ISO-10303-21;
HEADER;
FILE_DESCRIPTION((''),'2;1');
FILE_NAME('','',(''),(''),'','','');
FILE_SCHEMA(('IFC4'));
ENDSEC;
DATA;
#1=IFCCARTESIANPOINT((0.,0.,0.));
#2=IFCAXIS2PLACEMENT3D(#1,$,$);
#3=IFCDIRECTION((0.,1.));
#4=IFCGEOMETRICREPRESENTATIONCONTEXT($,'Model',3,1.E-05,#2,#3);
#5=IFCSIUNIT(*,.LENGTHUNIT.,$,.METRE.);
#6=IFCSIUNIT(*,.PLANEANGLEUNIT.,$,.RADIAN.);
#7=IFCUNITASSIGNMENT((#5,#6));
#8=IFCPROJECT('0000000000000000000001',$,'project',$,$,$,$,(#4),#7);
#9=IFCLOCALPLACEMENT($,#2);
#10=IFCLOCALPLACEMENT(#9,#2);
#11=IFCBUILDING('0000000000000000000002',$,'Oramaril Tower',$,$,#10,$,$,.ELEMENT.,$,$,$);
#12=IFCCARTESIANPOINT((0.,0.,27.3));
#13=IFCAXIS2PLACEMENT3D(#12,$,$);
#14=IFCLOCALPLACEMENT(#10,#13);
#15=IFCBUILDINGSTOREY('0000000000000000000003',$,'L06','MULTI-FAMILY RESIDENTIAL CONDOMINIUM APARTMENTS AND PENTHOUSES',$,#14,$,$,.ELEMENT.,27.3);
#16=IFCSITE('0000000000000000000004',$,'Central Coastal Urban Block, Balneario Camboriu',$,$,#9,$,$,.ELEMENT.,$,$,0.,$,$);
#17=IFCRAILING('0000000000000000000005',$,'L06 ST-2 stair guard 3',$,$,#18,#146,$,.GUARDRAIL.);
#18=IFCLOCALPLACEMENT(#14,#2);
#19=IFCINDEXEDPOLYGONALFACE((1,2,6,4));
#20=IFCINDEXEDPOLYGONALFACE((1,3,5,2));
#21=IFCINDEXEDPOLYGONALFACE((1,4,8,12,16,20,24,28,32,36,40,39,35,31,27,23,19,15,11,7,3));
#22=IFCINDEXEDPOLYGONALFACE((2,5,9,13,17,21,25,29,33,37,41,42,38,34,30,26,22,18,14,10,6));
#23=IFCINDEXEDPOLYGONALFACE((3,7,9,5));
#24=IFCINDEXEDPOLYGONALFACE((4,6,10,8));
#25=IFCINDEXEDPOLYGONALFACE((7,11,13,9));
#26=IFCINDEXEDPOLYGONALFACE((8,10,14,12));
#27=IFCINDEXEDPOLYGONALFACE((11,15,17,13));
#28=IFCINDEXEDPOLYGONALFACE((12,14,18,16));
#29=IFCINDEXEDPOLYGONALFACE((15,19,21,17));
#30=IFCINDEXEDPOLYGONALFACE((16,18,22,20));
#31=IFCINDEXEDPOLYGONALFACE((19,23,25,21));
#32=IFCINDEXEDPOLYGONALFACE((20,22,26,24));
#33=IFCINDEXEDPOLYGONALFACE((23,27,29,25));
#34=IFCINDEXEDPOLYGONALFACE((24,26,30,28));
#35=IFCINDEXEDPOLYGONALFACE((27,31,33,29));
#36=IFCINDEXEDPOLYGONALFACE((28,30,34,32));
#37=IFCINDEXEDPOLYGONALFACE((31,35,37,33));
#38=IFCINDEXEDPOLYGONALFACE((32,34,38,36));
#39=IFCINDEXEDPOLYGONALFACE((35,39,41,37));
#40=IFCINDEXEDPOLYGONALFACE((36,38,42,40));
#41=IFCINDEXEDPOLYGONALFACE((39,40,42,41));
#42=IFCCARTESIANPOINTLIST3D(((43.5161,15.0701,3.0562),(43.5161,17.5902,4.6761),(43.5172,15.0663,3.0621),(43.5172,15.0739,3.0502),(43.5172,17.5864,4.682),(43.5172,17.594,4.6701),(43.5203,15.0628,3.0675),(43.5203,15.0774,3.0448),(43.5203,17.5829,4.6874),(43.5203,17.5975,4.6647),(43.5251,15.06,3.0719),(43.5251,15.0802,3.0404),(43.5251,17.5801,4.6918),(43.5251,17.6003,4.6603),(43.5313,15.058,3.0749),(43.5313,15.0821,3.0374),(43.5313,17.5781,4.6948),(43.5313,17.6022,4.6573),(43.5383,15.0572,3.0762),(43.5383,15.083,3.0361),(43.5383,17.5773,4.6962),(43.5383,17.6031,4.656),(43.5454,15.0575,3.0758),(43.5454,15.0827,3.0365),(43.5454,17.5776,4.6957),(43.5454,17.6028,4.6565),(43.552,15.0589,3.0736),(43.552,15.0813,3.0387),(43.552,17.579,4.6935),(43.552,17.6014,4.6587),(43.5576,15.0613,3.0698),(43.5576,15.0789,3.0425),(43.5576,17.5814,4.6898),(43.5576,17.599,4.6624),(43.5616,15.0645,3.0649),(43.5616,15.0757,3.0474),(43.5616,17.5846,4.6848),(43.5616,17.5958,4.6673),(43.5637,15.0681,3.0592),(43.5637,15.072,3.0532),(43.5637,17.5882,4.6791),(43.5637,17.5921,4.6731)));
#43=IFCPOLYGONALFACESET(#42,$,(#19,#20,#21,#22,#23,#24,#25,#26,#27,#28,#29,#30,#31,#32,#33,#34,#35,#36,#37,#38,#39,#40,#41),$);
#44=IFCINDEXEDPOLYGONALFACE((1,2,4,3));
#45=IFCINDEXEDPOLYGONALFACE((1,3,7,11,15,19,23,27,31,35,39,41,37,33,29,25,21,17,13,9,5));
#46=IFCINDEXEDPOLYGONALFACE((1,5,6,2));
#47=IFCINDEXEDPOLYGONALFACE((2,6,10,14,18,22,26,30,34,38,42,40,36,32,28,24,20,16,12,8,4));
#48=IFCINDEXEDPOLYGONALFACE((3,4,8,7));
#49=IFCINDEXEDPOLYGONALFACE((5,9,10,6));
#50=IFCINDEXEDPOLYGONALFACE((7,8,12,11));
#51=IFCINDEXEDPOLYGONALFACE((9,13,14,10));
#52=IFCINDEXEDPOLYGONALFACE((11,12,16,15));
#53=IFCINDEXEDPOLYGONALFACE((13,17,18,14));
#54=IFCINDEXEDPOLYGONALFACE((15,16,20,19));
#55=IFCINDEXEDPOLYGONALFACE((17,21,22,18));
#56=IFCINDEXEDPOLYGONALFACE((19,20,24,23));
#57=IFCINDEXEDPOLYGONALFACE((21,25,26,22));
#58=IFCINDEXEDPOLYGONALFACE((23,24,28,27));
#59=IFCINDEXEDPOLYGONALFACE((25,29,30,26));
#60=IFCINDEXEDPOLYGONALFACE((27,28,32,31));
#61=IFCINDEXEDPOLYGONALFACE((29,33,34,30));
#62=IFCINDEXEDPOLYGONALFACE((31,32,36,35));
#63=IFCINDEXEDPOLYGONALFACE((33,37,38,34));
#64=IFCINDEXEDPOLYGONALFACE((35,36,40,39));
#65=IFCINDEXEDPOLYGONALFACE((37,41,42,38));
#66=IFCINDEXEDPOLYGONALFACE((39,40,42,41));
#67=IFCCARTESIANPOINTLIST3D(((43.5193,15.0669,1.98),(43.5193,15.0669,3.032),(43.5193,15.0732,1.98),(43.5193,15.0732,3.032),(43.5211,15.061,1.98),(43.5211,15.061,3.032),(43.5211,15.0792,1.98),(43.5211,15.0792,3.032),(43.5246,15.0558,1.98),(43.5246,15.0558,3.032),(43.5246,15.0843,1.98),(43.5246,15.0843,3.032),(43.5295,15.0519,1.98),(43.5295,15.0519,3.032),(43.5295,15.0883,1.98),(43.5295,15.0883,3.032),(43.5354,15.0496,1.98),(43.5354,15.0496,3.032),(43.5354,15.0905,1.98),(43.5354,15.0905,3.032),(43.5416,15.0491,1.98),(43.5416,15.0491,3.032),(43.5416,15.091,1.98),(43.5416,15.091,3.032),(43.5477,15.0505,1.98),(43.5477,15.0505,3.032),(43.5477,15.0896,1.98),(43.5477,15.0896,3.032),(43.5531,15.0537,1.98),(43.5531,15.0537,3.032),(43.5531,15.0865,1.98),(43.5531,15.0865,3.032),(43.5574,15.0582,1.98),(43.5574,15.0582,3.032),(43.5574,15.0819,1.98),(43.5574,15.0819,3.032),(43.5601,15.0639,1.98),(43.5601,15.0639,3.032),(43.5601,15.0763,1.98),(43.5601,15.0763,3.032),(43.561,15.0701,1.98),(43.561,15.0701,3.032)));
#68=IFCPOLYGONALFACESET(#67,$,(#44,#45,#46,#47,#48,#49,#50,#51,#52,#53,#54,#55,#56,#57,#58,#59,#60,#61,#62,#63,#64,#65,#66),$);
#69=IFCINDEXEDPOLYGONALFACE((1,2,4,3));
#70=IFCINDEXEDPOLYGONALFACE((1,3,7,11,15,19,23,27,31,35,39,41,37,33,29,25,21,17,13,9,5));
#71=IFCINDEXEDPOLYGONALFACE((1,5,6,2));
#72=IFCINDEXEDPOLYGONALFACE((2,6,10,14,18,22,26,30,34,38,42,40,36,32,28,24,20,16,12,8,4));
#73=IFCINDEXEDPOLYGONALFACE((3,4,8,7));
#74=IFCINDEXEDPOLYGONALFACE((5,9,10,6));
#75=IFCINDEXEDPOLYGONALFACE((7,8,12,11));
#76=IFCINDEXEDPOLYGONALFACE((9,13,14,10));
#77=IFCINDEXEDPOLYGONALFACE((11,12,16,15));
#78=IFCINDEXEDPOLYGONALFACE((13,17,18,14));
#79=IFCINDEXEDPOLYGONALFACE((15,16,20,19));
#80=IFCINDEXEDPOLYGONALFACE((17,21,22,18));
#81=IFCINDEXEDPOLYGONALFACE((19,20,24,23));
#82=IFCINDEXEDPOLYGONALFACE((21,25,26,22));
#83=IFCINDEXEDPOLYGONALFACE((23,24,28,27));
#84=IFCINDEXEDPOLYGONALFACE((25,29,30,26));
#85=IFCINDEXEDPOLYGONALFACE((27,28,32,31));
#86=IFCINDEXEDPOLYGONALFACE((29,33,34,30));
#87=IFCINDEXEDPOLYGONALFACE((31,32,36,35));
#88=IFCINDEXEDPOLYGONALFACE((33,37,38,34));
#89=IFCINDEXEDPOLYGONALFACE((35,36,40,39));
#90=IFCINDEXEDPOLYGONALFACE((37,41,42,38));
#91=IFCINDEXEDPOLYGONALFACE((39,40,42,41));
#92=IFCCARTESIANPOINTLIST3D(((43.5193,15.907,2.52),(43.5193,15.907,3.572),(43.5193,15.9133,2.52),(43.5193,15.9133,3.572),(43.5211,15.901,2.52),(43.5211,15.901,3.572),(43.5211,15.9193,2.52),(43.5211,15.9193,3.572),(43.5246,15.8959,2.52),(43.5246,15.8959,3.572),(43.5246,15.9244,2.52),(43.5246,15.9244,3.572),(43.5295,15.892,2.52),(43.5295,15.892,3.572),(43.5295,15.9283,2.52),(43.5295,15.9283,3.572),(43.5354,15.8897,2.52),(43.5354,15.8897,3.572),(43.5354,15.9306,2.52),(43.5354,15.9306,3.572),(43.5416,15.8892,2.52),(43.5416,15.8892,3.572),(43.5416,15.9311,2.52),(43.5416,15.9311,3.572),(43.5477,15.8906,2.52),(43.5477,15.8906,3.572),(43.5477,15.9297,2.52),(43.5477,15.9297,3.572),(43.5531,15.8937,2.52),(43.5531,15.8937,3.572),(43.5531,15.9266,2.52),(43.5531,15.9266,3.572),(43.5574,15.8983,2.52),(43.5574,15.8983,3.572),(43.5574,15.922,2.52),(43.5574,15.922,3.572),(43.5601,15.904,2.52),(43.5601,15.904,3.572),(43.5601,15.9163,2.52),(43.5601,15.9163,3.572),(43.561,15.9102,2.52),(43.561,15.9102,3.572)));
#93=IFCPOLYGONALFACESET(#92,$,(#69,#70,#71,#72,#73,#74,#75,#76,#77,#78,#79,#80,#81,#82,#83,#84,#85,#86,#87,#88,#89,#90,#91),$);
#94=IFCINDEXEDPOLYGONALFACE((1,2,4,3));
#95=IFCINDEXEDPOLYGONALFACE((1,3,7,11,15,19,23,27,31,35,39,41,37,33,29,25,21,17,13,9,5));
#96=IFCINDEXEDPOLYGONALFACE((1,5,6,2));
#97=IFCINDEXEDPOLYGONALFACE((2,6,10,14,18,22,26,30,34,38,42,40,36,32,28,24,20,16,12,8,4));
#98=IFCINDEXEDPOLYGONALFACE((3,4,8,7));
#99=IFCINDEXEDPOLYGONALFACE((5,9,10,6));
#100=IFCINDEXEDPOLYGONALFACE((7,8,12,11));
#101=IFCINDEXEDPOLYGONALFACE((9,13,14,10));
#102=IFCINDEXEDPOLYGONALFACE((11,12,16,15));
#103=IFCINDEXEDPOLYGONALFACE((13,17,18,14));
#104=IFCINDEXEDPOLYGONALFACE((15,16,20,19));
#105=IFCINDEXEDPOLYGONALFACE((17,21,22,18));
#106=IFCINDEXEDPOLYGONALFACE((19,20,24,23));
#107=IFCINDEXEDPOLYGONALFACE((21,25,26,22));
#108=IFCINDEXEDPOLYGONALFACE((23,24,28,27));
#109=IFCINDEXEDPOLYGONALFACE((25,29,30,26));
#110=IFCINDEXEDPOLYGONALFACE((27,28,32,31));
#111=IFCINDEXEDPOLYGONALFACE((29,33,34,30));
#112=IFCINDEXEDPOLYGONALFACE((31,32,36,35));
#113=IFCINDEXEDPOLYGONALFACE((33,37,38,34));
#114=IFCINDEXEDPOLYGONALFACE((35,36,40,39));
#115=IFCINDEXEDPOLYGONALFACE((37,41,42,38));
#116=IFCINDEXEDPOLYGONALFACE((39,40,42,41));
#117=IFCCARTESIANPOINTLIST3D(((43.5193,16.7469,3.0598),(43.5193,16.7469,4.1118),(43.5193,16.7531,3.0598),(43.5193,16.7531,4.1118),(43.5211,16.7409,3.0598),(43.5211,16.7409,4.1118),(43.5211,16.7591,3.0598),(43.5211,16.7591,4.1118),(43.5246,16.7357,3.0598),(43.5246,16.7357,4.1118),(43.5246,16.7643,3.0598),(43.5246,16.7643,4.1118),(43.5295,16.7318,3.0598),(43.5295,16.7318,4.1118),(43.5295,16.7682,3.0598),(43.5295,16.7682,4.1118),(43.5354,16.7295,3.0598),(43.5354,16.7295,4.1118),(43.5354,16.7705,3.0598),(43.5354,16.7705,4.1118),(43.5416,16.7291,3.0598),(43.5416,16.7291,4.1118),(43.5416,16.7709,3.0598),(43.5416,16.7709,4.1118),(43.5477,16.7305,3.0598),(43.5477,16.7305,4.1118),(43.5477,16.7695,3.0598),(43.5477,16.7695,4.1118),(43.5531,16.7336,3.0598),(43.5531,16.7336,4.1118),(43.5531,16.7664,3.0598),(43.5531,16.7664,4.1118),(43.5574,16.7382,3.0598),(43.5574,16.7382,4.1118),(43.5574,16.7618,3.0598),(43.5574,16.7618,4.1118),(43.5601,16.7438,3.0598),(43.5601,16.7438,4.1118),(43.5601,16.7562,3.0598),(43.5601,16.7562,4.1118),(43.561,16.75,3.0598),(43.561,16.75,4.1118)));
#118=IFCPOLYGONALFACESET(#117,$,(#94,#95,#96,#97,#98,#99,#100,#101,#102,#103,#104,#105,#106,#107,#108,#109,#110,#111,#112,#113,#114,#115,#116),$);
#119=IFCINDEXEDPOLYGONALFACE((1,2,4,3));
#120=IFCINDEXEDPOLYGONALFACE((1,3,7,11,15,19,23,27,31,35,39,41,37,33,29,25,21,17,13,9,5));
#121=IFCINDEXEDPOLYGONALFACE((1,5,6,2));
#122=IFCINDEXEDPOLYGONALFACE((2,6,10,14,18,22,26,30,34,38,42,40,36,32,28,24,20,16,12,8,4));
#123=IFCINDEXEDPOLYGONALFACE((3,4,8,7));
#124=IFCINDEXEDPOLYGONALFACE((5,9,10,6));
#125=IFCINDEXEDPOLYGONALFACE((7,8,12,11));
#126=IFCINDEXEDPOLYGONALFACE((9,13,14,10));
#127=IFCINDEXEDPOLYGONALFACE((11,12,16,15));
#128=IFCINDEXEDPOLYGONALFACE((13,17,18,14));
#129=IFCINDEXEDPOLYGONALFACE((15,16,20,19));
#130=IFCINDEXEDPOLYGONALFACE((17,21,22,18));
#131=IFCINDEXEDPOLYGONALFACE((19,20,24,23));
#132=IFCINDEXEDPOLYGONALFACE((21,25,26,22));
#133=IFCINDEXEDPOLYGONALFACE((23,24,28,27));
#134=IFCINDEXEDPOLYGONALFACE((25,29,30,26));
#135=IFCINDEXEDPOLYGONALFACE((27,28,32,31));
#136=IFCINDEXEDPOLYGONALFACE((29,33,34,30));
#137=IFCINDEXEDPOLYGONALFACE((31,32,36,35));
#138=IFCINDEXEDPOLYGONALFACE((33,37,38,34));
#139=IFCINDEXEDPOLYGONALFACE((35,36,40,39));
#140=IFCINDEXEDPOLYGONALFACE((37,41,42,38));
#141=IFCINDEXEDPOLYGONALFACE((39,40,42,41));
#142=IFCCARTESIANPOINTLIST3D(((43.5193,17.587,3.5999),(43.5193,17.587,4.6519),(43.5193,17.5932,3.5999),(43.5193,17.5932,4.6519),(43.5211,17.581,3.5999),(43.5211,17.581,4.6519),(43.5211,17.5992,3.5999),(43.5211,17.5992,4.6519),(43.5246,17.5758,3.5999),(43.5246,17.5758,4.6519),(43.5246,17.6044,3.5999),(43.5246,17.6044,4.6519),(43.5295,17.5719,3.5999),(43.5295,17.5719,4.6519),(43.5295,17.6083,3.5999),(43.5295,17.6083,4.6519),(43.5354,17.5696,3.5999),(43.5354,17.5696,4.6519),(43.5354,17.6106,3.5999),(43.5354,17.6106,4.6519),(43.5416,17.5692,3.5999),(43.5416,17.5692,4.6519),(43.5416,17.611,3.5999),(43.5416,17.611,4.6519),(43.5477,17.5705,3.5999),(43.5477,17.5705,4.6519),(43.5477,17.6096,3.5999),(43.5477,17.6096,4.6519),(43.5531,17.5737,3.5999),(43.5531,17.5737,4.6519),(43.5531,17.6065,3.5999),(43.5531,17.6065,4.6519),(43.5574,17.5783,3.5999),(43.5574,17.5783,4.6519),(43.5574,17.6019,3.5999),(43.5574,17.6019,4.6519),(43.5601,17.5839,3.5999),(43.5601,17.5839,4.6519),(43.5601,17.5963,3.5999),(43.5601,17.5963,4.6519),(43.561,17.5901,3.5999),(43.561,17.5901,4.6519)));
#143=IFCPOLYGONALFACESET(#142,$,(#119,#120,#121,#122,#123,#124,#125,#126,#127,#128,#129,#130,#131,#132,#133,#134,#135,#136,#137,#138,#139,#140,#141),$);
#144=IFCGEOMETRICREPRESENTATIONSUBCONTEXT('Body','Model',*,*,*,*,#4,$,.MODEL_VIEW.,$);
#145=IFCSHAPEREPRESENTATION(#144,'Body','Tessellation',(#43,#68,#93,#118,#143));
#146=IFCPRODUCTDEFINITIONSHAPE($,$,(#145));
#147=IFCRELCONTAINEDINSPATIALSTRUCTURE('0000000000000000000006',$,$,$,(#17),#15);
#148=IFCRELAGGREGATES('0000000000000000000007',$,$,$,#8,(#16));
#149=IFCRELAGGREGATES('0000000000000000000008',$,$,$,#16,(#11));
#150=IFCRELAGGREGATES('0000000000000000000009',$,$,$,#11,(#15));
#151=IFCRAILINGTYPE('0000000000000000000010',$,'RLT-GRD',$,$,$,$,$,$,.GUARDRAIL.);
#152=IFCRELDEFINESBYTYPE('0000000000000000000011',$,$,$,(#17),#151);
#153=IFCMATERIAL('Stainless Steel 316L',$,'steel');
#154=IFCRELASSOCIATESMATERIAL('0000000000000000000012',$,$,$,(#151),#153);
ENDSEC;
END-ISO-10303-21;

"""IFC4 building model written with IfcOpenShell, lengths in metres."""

from ifc_helpers import new_model, si_unit, direction, frame, origin, origin_2d, place, context, subcontext, project, spatial, circle, extrude, material, type_object, element, save


model = new_model("IFC4")

# Units and contexts
model_context = context("Model", 3, precision=1e-05, world=origin(), true_north=direction((0.0, 1.0)))
body_context = subcontext(model_context, "Body", "Model", "MODEL_VIEW")
ifc_project = project(units=[si_unit("LENGTHUNIT", "METRE"), si_unit("PLANEANGLEUNIT", "RADIAN")], contexts=[model_context])

# Site, building, storey
site_placement = place(None, origin())
site = spatial("IfcSite", under=ifc_project, at=site_placement, Name="Central Coastal Urban Block, Balneario Camboriu", CompositionType="ELEMENT", RefElevation=0.0)
building_placement = place(site_placement, origin())
building = spatial("IfcBuilding", under=site, at=building_placement, Name="Oramaril Tower", CompositionType="ELEMENT")
storey_placement = place(building_placement, frame((0.0, 0.0, 27.3)))
storey = spatial("IfcBuildingStorey", under=building, at=storey_placement, Name="L06", Description="MULTI-FAMILY RESIDENTIAL CONDOMINIUM APARTMENTS AND PENTHOUSES", CompositionType="ELEMENT", Elevation=27.3)

# Railing
ifc_material_1 = material(Name="Stainless Steel 316L", Category="steel")
railing_type_1 = type_object("IfcRailingType", Name="RLT-GRD", PredefinedType="GUARDRAIL", material=ifc_material_1)
railing_1_placement = place(storey_placement, frame((43.54, 15.0701, 1.98)))
element("IfcRailing", 1, at=railing_1_placement, inside=storey, type_object=railing_type_1, Name="L06 ST-2 stair guard 3", PredefinedType="GUARDRAIL", context=body_context, shape_type="SweptSolid", body=[
    extrude(circle(Radius=0.0239, at=origin_2d()), frame((0.0, 0.0, 1.0762), z_axis=(0.0, 0.8412, 0.540725), x_axis=(-1.0, 0.0, 0.0)), (0.0, 0.0, 1.0), 2.9958),
    extrude(circle(Radius=0.021, at=origin_2d()), origin(), (0.0, 0.0, 1.0), 1.052),
    extrude(circle(Radius=0.021, at=origin_2d()), frame((0.0, 0.8401, 0.54)), (0.0, 0.0, 1.0), 1.052),
    extrude(circle(Radius=0.021, at=origin_2d()), frame((0.0, 1.6799, 1.0798)), (0.0, 0.0, 1.0), 1.052),
    extrude(circle(Radius=0.021, at=origin_2d()), frame((0.0, 2.52, 1.6199)), (0.0, 0.0, 1.0), 1.052),
])

save(model, "model.ifc")
